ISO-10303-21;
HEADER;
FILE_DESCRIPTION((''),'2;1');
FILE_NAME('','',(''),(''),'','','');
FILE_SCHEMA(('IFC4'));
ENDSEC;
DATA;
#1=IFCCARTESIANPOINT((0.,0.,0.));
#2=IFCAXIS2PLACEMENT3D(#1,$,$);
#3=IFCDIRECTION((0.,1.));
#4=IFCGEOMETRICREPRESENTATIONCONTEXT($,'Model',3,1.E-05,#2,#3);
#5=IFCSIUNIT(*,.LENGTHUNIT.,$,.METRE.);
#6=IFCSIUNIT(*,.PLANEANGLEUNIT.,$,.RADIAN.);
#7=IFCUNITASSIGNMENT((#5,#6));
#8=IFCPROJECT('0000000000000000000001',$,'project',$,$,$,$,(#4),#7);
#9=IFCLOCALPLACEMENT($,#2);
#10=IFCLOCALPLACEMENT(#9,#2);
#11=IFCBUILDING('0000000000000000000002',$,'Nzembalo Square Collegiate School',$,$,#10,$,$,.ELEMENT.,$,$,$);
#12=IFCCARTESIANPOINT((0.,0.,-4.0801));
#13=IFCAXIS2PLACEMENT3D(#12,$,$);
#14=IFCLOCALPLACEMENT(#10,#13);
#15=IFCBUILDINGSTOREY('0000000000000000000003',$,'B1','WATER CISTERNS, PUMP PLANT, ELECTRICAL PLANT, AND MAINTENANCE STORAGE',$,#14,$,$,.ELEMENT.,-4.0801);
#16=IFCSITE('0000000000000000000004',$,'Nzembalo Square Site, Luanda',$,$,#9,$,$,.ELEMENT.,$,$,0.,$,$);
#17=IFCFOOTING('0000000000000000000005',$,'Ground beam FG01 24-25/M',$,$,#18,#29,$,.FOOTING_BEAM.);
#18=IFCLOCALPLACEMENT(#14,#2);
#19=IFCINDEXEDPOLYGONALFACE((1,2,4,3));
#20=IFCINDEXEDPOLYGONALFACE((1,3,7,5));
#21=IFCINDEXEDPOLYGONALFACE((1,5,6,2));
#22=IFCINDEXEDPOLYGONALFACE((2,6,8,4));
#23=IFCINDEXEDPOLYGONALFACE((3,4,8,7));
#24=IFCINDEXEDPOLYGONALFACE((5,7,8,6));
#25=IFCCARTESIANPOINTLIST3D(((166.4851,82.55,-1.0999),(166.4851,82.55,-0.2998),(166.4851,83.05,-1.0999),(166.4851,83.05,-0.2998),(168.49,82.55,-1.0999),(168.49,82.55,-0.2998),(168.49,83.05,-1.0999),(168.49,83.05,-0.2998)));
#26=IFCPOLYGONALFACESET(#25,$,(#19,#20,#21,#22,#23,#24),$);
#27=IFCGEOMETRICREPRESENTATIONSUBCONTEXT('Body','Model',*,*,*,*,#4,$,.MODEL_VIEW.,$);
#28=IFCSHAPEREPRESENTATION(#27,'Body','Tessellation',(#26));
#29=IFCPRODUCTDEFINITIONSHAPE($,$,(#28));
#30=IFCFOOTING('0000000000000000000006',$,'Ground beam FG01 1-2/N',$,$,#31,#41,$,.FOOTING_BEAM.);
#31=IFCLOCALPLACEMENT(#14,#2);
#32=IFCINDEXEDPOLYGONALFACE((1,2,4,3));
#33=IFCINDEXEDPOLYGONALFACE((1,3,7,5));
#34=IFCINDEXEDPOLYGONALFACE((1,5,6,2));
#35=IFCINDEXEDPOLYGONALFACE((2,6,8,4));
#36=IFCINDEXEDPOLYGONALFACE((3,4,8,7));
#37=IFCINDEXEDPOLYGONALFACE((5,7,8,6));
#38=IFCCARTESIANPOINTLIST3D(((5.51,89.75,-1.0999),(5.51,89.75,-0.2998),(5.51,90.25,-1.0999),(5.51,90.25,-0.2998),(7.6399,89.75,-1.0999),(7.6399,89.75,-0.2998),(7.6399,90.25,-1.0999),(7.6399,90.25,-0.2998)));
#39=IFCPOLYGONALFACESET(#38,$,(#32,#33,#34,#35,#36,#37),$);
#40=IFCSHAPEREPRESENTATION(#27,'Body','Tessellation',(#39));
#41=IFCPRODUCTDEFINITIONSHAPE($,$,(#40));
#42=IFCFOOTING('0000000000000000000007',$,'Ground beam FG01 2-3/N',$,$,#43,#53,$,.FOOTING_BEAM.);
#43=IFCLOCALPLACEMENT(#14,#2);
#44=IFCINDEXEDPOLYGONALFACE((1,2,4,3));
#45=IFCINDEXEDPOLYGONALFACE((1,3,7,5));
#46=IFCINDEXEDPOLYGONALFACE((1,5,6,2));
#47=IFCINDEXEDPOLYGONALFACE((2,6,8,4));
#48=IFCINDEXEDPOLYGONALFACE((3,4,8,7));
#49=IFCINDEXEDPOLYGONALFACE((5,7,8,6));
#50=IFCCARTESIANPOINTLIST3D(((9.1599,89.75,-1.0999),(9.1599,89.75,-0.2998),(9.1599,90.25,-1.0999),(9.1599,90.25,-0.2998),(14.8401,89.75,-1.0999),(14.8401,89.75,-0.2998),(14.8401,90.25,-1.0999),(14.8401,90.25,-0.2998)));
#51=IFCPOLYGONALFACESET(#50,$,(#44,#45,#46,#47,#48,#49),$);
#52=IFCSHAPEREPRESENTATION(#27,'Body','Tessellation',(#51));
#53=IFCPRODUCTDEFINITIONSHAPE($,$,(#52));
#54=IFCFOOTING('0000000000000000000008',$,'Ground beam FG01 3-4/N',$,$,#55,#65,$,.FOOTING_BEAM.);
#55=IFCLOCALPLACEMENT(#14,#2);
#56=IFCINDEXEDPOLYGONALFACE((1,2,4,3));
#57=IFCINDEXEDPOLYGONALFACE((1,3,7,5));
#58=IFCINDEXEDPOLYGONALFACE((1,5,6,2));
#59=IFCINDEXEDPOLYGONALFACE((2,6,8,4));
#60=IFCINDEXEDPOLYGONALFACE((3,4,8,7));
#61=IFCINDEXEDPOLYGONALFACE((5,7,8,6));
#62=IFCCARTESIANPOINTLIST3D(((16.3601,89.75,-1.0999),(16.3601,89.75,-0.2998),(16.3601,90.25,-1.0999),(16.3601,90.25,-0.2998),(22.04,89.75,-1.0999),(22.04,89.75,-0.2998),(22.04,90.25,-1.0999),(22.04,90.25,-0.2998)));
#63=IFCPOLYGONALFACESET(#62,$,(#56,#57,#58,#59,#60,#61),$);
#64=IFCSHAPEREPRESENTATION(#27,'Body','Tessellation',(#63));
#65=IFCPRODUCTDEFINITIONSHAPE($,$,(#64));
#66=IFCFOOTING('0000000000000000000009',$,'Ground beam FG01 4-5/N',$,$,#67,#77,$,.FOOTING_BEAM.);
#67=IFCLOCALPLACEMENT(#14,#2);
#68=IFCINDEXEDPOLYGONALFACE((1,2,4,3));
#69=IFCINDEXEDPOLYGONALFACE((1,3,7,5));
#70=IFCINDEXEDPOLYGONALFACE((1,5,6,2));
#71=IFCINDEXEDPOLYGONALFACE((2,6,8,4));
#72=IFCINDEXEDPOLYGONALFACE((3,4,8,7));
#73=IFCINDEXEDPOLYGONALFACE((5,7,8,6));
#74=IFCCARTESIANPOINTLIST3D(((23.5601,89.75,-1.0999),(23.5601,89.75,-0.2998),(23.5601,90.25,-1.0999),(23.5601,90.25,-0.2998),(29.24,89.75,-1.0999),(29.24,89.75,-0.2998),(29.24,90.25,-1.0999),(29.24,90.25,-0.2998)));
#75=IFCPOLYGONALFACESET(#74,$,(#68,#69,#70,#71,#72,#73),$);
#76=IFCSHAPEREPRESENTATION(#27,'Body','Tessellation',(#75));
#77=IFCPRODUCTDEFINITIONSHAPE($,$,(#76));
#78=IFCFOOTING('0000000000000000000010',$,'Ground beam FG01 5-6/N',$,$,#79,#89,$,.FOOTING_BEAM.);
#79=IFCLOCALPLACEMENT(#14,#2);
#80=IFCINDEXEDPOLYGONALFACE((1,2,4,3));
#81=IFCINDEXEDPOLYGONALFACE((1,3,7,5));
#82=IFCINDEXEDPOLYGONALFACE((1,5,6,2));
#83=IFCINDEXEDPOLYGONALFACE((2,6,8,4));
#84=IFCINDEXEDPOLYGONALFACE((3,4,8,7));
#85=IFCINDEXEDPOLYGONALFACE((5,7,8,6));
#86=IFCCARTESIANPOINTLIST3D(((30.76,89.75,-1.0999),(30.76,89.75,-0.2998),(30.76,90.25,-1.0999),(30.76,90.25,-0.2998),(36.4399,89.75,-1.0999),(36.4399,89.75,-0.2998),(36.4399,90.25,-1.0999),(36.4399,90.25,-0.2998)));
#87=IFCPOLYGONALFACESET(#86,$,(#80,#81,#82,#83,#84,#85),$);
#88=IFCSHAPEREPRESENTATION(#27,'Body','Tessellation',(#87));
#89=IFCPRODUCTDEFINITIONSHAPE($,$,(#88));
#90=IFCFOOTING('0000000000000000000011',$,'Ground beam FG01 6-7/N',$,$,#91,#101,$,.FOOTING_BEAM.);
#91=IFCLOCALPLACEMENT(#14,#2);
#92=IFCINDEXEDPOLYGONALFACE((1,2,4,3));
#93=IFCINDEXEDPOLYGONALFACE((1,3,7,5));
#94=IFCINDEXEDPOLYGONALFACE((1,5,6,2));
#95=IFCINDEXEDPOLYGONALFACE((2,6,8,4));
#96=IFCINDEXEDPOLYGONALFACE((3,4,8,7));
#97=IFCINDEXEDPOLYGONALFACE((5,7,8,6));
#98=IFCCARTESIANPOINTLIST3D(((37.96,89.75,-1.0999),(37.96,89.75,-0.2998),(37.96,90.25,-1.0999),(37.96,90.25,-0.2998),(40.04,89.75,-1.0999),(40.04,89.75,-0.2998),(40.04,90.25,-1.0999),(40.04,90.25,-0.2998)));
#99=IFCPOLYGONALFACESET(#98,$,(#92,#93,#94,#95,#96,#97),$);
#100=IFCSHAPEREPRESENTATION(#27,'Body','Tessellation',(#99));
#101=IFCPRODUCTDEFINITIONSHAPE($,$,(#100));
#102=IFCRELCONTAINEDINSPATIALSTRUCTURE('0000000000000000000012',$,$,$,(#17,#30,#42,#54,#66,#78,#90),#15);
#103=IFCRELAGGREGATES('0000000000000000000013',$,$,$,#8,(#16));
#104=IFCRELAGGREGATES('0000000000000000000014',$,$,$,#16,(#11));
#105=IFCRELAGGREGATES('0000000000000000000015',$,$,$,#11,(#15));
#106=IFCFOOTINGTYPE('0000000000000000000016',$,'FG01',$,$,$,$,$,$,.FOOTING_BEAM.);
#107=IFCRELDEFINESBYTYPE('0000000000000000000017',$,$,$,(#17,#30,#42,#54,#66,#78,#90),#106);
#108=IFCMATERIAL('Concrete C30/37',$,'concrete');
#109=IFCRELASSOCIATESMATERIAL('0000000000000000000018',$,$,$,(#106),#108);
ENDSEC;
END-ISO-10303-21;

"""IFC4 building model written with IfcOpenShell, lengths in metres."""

from ifc_helpers import new_model, si_unit, direction, frame, origin, place, context, subcontext, project, spatial, polyline, outline, extrude, material, type_object, element, save


model = new_model("IFC4")

# Units and contexts
model_context = context("Model", 3, precision=1e-05, world=origin(), true_north=direction((0.0, 1.0)))
body_context = subcontext(model_context, "Body", "Model", "MODEL_VIEW")
ifc_project = project(units=[si_unit("LENGTHUNIT", "METRE"), si_unit("PLANEANGLEUNIT", "RADIAN")], contexts=[model_context])

# Site, building, storey
site_placement = place(None, origin())
site = spatial("IfcSite", under=ifc_project, at=site_placement, Name="Nzembalo Square Site, Luanda", CompositionType="ELEMENT", RefElevation=0.0)
building_placement = place(site_placement, origin())
building = spatial("IfcBuilding", under=site, at=building_placement, Name="Nzembalo Square Collegiate School", CompositionType="ELEMENT")
storey_placement = place(building_placement, frame((0.0, 0.0, -4.0801)))
storey = spatial("IfcBuildingStorey", under=building, at=storey_placement, Name="B1", Description="WATER CISTERNS, PUMP PLANT, ELECTRICAL PLANT, AND MAINTENANCE STORAGE", CompositionType="ELEMENT", Elevation=-4.0801)

# Footings
ifc_material = material(Name="Concrete C30/37", Category="concrete")
footing_type = type_object("IfcFootingType", Name="FG01", PredefinedType="FOOTING_BEAM", material=ifc_material)
footing_1_placement = place(storey_placement, frame((0.0, 0.0, -1.0999)))
element("IfcFooting", 1, at=footing_1_placement, inside=storey, type_object=footing_type, Name="Ground beam FG01 24-25/M", PredefinedType="FOOTING_BEAM", context=body_context, shape_type="SweptSolid", body=[
    extrude(outline(polyline([(166.4851, 82.55), (168.49, 82.55), (168.49, 83.05), (166.4851, 83.05), (166.4851, 82.55)])), origin(), (0.0, 0.0, 1.0), 0.8),
])
footing_2_placement = place(storey_placement, frame((0.0, 0.0, -1.0999)))
element("IfcFooting", 2, at=footing_2_placement, inside=storey, type_object=footing_type, Name="Ground beam FG01 1-2/N", PredefinedType="FOOTING_BEAM", context=body_context, shape_type="SweptSolid", body=[
    extrude(outline(polyline([(5.51, 89.75), (7.6399, 89.75), (7.6399, 90.25), (5.51, 90.25), (5.51, 89.75)])), origin(), (0.0, 0.0, 1.0), 0.8),
])
footing_3_placement = place(storey_placement, frame((0.0, 0.0, -1.0999)))
element("IfcFooting", 3, at=footing_3_placement, inside=storey, type_object=footing_type, Name="Ground beam FG01 2-3/N", PredefinedType="FOOTING_BEAM", context=body_context, shape_type="SweptSolid", body=[
    extrude(outline(polyline([(9.1599, 89.75), (14.8401, 89.75), (14.8401, 90.25), (9.1599, 90.25), (9.1599, 89.75)])), origin(), (0.0, 0.0, 1.0), 0.8),
])
footing_4_placement = place(storey_placement, frame((0.0, 0.0, -1.0999)))
element("IfcFooting", 4, at=footing_4_placement, inside=storey, type_object=footing_type, Name="Ground beam FG01 3-4/N", PredefinedType="FOOTING_BEAM", context=body_context, shape_type="SweptSolid", body=[
    extrude(outline(polyline([(16.3601, 89.75), (22.04, 89.75), (22.04, 90.25), (16.3601, 90.25), (16.3601, 89.75)])), origin(), (0.0, 0.0, 1.0), 0.8),
])
footing_5_placement = place(storey_placement, frame((0.0, 0.0, -1.0999)))
element("IfcFooting", 5, at=footing_5_placement, inside=storey, type_object=footing_type, Name="Ground beam FG01 4-5/N", PredefinedType="FOOTING_BEAM", context=body_context, shape_type="SweptSolid", body=[
    extrude(outline(polyline([(23.5601, 89.75), (29.24, 89.75), (29.24, 90.25), (23.5601, 90.25), (23.5601, 89.75)])), origin(), (0.0, 0.0, 1.0), 0.8),
])
footing_6_placement = place(storey_placement, frame((0.0, 0.0, -1.0999)))
element("IfcFooting", 6, at=footing_6_placement, inside=storey, type_object=footing_type, Name="Ground beam FG01 5-6/N", PredefinedType="FOOTING_BEAM", context=body_context, shape_type="SweptSolid", body=[
    extrude(outline(polyline([(30.76, 89.75), (36.4399, 89.75), (36.4399, 90.25), (30.76, 90.25), (30.76, 89.75)])), origin(), (0.0, 0.0, 1.0), 0.8),
])
footing_7_placement = place(storey_placement, frame((0.0, 0.0, -1.0999)))
element("IfcFooting", 7, at=footing_7_placement, inside=storey, type_object=footing_type, Name="Ground beam FG01 6-7/N", PredefinedType="FOOTING_BEAM", context=body_context, shape_type="SweptSolid", body=[
    extrude(outline(polyline([(37.96, 89.75), (40.04, 89.75), (40.04, 90.25), (37.96, 90.25), (37.96, 89.75)])), origin(), (0.0, 0.0, 1.0), 0.8),
])

save(model, "model.ifc")
